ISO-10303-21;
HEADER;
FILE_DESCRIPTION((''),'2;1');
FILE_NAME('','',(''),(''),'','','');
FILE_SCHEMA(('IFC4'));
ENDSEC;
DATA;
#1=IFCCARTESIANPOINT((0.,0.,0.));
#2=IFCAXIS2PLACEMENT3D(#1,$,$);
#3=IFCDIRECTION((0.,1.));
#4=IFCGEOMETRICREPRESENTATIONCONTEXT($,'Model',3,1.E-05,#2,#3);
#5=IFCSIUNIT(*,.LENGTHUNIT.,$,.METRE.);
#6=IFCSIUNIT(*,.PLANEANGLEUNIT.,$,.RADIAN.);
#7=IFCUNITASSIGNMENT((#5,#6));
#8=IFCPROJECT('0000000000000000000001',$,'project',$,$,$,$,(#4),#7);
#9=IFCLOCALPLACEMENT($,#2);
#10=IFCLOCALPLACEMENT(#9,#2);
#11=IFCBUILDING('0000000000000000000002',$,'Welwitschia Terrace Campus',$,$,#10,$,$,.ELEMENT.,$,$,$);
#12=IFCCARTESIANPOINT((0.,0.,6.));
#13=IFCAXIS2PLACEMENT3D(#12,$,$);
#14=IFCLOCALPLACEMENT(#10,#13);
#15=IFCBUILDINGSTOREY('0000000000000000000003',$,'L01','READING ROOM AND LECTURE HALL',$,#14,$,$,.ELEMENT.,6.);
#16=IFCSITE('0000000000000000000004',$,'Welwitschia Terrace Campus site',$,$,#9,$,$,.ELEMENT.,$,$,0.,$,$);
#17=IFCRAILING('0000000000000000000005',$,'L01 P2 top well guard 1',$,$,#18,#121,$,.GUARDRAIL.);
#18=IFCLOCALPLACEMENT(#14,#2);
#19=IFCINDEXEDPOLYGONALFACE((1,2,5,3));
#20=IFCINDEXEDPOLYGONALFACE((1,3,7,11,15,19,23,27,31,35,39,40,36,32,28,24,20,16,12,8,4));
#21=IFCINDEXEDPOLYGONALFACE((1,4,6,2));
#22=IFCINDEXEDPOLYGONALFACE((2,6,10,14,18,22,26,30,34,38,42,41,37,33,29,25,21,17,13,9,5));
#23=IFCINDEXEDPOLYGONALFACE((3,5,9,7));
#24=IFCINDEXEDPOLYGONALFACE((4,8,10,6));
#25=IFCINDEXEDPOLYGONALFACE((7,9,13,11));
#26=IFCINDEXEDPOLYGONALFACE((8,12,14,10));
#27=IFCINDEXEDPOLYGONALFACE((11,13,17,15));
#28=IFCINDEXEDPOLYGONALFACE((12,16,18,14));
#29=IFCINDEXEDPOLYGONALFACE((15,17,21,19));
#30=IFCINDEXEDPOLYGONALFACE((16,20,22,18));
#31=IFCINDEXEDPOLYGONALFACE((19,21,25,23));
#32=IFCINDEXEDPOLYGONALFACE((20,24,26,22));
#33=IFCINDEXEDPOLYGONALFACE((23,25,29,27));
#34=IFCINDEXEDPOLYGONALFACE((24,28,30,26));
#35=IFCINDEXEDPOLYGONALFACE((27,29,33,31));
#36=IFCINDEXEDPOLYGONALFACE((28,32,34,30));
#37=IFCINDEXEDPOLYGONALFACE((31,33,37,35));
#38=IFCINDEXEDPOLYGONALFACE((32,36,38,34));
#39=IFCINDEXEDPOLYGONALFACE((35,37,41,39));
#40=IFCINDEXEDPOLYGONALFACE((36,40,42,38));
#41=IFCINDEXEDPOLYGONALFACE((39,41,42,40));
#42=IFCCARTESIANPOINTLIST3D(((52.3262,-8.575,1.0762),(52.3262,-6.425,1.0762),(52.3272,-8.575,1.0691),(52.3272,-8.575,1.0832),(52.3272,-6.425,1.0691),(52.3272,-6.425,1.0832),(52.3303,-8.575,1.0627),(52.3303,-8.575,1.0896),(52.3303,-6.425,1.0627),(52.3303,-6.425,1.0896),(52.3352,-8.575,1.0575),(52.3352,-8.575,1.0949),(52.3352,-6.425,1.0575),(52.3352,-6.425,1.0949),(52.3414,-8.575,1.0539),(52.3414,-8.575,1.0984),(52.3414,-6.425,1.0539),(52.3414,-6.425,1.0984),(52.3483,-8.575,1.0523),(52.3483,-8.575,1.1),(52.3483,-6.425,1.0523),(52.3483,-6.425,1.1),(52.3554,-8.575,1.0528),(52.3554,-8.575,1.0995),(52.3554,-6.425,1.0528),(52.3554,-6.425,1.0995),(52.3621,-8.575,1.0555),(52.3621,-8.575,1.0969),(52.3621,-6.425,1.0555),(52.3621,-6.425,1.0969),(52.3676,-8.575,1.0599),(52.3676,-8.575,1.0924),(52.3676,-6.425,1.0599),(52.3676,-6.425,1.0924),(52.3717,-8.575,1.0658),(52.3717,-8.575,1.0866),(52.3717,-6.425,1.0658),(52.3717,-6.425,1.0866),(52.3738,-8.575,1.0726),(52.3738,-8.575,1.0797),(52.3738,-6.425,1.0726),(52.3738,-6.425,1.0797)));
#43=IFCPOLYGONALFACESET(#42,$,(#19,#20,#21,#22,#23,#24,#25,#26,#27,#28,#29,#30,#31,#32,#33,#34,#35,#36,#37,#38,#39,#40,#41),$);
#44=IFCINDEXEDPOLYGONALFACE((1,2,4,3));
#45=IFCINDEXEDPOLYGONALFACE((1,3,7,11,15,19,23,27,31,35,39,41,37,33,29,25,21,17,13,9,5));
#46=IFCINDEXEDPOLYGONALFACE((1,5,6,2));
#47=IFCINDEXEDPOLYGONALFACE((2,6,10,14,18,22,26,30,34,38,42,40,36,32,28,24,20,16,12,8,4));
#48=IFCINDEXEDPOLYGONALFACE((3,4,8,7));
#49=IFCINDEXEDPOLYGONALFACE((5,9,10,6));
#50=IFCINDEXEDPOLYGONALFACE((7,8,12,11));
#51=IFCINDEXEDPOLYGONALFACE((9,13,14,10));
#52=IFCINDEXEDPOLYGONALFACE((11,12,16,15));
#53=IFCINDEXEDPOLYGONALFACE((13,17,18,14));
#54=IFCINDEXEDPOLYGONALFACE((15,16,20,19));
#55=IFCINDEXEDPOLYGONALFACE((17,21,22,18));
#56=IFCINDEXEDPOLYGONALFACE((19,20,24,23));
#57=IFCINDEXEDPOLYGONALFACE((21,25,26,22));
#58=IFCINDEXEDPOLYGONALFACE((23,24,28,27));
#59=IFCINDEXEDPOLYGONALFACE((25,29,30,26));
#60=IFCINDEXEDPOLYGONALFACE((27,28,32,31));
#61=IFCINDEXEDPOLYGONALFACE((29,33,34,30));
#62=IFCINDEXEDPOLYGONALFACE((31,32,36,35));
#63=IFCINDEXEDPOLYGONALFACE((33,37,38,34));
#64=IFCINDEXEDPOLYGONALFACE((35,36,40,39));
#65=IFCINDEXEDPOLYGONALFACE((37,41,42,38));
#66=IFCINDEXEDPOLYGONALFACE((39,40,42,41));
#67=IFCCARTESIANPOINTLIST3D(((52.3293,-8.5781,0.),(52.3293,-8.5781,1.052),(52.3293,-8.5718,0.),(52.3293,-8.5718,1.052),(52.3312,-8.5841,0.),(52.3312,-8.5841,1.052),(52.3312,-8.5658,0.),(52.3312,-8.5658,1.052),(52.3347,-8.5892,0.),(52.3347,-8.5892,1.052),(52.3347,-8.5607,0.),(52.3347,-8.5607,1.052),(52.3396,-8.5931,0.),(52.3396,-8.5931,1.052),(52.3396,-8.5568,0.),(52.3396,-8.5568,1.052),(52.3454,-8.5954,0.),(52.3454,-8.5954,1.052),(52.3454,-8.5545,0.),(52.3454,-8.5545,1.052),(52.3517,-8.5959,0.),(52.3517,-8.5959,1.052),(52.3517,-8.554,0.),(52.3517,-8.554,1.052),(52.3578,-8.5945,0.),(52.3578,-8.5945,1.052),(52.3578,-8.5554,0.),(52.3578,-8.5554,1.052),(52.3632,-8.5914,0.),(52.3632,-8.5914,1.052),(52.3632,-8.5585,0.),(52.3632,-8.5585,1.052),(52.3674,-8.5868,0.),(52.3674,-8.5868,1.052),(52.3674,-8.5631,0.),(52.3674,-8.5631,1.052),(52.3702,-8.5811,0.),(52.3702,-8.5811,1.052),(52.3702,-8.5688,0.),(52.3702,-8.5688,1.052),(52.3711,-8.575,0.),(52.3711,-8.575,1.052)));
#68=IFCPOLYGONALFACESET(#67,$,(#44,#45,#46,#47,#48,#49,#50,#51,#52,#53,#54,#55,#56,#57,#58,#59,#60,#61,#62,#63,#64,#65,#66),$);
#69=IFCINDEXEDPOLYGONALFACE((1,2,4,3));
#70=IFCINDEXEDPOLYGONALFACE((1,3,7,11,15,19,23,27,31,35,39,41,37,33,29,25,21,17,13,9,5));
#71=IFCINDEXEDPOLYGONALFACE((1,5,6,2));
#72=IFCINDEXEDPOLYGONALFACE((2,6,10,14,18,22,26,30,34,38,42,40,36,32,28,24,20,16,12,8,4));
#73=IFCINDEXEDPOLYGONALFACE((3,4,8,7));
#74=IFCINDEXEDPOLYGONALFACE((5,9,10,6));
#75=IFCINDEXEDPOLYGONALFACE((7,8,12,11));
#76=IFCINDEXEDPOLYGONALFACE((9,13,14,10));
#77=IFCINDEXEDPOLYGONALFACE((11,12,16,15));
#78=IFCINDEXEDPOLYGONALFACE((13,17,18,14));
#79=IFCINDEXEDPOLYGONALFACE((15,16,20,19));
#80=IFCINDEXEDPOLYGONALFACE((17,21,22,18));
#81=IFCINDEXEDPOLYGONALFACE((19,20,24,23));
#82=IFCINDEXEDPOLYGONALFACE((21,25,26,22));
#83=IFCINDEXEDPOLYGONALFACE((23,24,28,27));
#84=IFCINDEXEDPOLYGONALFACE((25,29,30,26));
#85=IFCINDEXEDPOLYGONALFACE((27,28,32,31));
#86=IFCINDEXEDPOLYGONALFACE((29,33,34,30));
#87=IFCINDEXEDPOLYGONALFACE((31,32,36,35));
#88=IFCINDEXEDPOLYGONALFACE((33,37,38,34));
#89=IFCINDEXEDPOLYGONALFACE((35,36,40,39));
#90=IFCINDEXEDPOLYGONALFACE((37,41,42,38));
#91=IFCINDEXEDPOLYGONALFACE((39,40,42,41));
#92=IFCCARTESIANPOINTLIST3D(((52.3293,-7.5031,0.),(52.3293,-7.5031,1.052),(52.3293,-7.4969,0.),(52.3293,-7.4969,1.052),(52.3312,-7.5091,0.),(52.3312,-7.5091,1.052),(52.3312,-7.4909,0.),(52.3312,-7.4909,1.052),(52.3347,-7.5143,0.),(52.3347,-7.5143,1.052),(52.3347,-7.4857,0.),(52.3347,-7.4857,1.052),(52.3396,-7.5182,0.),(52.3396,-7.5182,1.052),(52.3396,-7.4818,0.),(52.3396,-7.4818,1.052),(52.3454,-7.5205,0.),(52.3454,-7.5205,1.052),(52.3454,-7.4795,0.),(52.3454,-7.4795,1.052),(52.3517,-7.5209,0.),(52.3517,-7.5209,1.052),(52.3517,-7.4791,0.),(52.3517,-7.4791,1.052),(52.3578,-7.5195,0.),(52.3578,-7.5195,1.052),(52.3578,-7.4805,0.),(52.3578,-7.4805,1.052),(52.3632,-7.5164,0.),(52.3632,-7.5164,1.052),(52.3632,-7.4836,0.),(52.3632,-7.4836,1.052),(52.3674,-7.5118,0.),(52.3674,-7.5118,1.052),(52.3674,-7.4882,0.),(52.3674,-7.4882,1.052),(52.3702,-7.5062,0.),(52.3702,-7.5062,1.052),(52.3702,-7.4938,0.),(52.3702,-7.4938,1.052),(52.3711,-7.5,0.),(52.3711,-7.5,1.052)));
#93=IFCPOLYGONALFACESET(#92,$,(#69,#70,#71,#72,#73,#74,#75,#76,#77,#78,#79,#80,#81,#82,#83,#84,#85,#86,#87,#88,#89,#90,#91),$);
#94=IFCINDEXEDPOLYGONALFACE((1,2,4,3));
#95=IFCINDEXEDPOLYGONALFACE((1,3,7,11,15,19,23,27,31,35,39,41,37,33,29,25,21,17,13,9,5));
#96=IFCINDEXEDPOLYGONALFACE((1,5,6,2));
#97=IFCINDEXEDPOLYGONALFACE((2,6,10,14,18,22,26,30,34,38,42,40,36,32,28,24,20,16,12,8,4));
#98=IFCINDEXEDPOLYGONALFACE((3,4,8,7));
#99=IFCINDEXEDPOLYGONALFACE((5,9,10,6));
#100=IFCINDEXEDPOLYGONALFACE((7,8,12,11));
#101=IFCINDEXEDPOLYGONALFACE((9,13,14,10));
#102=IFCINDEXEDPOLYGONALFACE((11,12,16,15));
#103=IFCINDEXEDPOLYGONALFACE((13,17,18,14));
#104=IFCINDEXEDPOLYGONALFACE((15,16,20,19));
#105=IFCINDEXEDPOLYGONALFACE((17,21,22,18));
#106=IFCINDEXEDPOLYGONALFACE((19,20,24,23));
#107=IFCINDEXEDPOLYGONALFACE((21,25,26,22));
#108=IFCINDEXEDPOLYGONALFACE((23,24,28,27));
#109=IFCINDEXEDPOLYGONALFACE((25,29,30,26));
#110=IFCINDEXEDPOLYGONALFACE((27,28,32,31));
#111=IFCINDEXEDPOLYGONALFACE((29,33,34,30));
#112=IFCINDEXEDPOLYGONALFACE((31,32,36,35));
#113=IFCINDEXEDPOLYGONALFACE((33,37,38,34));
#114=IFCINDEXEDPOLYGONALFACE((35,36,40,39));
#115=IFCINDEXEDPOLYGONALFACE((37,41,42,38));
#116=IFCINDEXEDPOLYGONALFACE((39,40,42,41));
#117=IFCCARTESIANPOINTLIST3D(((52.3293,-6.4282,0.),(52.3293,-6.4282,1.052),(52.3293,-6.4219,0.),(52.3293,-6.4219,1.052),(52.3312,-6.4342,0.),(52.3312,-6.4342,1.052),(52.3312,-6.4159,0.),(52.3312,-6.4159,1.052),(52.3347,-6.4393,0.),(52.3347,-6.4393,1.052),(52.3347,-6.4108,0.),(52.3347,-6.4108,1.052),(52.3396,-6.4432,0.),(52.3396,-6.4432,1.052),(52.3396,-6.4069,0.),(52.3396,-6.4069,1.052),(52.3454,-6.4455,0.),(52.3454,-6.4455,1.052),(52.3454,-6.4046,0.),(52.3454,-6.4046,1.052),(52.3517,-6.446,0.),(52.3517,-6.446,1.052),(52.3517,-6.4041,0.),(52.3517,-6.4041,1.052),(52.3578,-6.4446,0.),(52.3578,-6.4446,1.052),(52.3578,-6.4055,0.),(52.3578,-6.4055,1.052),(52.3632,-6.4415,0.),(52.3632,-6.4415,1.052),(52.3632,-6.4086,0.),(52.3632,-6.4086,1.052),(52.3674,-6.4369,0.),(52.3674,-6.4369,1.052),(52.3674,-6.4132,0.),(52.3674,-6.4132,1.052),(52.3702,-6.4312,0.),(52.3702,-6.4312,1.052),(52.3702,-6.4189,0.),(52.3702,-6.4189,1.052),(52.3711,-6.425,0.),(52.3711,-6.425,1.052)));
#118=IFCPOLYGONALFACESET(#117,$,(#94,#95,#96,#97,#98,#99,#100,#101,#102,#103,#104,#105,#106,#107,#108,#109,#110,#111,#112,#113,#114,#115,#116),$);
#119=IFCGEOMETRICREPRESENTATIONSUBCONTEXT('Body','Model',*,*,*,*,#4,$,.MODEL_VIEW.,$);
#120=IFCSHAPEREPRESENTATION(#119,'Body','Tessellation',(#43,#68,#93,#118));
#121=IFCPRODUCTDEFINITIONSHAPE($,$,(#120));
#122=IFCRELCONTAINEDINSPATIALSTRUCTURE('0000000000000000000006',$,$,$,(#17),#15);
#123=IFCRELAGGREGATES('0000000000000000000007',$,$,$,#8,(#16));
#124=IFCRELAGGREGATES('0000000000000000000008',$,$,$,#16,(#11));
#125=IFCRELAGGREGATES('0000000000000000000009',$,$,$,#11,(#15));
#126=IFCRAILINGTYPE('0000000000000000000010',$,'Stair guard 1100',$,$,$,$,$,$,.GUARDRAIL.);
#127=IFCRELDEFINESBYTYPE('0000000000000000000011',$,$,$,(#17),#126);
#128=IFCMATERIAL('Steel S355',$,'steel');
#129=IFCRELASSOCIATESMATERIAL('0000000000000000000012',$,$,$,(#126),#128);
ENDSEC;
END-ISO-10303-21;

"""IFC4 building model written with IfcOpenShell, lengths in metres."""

from ifc_helpers import new_model, si_unit, direction, frame, origin, origin_2d, place, context, subcontext, project, spatial, circle, extrude, material, type_object, element, save


model = new_model("IFC4")

# Units and contexts
model_context = context("Model", 3, precision=1e-05, world=origin(), true_north=direction((0.0, 1.0)))
body_context = subcontext(model_context, "Body", "Model", "MODEL_VIEW")
ifc_project = project(units=[si_unit("LENGTHUNIT", "METRE"), si_unit("PLANEANGLEUNIT", "RADIAN")], contexts=[model_context])

# Site, building, storey
site_placement = place(None, origin())
site = spatial("IfcSite", under=ifc_project, at=site_placement, Name="Welwitschia Terrace Campus site", CompositionType="ELEMENT", RefElevation=0.0)
building_placement = place(site_placement, origin())
building = spatial("IfcBuilding", under=site, at=building_placement, Name="Welwitschia Terrace Campus", CompositionType="ELEMENT")
storey_placement = place(building_placement, frame((0.0, 0.0, 6.0)))
storey = spatial("IfcBuildingStorey", under=building, at=storey_placement, Name="L01", Description="READING ROOM AND LECTURE HALL", CompositionType="ELEMENT", Elevation=6.0)

# Railing
ifc_material_1 = material(Name="Steel S355", Category="steel")
railing_type = type_object("IfcRailingType", Name="Stair guard 1100", PredefinedType="GUARDRAIL", material=ifc_material_1)
railing_placement = place(storey_placement, frame((52.3501, -8.575, 0.0)))
element("IfcRailing", 1, at=railing_placement, inside=storey, type_object=railing_type, Name="L01 P2 top well guard 1", PredefinedType="GUARDRAIL", context=body_context, shape_type="SweptSolid", body=[
    extrude(circle(Radius=0.0239, at=origin_2d()), frame((0.0, 0.0, 1.0762), z_axis=(0.0, 1.0, 0.0), x_axis=(-1.0, 0.0, 0.0)), (0.0, 0.0, 1.0), 2.1499),
    extrude(circle(Radius=0.021, at=origin_2d()), origin(), (0.0, 0.0, 1.0), 1.052),
    extrude(circle(Radius=0.021, at=origin_2d()), frame((0.0, 1.075, 0.0)), (0.0, 0.0, 1.0), 1.052),
    extrude(circle(Radius=0.021, at=origin_2d()), frame((0.0, 2.1499, 0.0)), (0.0, 0.0, 1.0), 1.052),
])

save(model, "model.ifc")
